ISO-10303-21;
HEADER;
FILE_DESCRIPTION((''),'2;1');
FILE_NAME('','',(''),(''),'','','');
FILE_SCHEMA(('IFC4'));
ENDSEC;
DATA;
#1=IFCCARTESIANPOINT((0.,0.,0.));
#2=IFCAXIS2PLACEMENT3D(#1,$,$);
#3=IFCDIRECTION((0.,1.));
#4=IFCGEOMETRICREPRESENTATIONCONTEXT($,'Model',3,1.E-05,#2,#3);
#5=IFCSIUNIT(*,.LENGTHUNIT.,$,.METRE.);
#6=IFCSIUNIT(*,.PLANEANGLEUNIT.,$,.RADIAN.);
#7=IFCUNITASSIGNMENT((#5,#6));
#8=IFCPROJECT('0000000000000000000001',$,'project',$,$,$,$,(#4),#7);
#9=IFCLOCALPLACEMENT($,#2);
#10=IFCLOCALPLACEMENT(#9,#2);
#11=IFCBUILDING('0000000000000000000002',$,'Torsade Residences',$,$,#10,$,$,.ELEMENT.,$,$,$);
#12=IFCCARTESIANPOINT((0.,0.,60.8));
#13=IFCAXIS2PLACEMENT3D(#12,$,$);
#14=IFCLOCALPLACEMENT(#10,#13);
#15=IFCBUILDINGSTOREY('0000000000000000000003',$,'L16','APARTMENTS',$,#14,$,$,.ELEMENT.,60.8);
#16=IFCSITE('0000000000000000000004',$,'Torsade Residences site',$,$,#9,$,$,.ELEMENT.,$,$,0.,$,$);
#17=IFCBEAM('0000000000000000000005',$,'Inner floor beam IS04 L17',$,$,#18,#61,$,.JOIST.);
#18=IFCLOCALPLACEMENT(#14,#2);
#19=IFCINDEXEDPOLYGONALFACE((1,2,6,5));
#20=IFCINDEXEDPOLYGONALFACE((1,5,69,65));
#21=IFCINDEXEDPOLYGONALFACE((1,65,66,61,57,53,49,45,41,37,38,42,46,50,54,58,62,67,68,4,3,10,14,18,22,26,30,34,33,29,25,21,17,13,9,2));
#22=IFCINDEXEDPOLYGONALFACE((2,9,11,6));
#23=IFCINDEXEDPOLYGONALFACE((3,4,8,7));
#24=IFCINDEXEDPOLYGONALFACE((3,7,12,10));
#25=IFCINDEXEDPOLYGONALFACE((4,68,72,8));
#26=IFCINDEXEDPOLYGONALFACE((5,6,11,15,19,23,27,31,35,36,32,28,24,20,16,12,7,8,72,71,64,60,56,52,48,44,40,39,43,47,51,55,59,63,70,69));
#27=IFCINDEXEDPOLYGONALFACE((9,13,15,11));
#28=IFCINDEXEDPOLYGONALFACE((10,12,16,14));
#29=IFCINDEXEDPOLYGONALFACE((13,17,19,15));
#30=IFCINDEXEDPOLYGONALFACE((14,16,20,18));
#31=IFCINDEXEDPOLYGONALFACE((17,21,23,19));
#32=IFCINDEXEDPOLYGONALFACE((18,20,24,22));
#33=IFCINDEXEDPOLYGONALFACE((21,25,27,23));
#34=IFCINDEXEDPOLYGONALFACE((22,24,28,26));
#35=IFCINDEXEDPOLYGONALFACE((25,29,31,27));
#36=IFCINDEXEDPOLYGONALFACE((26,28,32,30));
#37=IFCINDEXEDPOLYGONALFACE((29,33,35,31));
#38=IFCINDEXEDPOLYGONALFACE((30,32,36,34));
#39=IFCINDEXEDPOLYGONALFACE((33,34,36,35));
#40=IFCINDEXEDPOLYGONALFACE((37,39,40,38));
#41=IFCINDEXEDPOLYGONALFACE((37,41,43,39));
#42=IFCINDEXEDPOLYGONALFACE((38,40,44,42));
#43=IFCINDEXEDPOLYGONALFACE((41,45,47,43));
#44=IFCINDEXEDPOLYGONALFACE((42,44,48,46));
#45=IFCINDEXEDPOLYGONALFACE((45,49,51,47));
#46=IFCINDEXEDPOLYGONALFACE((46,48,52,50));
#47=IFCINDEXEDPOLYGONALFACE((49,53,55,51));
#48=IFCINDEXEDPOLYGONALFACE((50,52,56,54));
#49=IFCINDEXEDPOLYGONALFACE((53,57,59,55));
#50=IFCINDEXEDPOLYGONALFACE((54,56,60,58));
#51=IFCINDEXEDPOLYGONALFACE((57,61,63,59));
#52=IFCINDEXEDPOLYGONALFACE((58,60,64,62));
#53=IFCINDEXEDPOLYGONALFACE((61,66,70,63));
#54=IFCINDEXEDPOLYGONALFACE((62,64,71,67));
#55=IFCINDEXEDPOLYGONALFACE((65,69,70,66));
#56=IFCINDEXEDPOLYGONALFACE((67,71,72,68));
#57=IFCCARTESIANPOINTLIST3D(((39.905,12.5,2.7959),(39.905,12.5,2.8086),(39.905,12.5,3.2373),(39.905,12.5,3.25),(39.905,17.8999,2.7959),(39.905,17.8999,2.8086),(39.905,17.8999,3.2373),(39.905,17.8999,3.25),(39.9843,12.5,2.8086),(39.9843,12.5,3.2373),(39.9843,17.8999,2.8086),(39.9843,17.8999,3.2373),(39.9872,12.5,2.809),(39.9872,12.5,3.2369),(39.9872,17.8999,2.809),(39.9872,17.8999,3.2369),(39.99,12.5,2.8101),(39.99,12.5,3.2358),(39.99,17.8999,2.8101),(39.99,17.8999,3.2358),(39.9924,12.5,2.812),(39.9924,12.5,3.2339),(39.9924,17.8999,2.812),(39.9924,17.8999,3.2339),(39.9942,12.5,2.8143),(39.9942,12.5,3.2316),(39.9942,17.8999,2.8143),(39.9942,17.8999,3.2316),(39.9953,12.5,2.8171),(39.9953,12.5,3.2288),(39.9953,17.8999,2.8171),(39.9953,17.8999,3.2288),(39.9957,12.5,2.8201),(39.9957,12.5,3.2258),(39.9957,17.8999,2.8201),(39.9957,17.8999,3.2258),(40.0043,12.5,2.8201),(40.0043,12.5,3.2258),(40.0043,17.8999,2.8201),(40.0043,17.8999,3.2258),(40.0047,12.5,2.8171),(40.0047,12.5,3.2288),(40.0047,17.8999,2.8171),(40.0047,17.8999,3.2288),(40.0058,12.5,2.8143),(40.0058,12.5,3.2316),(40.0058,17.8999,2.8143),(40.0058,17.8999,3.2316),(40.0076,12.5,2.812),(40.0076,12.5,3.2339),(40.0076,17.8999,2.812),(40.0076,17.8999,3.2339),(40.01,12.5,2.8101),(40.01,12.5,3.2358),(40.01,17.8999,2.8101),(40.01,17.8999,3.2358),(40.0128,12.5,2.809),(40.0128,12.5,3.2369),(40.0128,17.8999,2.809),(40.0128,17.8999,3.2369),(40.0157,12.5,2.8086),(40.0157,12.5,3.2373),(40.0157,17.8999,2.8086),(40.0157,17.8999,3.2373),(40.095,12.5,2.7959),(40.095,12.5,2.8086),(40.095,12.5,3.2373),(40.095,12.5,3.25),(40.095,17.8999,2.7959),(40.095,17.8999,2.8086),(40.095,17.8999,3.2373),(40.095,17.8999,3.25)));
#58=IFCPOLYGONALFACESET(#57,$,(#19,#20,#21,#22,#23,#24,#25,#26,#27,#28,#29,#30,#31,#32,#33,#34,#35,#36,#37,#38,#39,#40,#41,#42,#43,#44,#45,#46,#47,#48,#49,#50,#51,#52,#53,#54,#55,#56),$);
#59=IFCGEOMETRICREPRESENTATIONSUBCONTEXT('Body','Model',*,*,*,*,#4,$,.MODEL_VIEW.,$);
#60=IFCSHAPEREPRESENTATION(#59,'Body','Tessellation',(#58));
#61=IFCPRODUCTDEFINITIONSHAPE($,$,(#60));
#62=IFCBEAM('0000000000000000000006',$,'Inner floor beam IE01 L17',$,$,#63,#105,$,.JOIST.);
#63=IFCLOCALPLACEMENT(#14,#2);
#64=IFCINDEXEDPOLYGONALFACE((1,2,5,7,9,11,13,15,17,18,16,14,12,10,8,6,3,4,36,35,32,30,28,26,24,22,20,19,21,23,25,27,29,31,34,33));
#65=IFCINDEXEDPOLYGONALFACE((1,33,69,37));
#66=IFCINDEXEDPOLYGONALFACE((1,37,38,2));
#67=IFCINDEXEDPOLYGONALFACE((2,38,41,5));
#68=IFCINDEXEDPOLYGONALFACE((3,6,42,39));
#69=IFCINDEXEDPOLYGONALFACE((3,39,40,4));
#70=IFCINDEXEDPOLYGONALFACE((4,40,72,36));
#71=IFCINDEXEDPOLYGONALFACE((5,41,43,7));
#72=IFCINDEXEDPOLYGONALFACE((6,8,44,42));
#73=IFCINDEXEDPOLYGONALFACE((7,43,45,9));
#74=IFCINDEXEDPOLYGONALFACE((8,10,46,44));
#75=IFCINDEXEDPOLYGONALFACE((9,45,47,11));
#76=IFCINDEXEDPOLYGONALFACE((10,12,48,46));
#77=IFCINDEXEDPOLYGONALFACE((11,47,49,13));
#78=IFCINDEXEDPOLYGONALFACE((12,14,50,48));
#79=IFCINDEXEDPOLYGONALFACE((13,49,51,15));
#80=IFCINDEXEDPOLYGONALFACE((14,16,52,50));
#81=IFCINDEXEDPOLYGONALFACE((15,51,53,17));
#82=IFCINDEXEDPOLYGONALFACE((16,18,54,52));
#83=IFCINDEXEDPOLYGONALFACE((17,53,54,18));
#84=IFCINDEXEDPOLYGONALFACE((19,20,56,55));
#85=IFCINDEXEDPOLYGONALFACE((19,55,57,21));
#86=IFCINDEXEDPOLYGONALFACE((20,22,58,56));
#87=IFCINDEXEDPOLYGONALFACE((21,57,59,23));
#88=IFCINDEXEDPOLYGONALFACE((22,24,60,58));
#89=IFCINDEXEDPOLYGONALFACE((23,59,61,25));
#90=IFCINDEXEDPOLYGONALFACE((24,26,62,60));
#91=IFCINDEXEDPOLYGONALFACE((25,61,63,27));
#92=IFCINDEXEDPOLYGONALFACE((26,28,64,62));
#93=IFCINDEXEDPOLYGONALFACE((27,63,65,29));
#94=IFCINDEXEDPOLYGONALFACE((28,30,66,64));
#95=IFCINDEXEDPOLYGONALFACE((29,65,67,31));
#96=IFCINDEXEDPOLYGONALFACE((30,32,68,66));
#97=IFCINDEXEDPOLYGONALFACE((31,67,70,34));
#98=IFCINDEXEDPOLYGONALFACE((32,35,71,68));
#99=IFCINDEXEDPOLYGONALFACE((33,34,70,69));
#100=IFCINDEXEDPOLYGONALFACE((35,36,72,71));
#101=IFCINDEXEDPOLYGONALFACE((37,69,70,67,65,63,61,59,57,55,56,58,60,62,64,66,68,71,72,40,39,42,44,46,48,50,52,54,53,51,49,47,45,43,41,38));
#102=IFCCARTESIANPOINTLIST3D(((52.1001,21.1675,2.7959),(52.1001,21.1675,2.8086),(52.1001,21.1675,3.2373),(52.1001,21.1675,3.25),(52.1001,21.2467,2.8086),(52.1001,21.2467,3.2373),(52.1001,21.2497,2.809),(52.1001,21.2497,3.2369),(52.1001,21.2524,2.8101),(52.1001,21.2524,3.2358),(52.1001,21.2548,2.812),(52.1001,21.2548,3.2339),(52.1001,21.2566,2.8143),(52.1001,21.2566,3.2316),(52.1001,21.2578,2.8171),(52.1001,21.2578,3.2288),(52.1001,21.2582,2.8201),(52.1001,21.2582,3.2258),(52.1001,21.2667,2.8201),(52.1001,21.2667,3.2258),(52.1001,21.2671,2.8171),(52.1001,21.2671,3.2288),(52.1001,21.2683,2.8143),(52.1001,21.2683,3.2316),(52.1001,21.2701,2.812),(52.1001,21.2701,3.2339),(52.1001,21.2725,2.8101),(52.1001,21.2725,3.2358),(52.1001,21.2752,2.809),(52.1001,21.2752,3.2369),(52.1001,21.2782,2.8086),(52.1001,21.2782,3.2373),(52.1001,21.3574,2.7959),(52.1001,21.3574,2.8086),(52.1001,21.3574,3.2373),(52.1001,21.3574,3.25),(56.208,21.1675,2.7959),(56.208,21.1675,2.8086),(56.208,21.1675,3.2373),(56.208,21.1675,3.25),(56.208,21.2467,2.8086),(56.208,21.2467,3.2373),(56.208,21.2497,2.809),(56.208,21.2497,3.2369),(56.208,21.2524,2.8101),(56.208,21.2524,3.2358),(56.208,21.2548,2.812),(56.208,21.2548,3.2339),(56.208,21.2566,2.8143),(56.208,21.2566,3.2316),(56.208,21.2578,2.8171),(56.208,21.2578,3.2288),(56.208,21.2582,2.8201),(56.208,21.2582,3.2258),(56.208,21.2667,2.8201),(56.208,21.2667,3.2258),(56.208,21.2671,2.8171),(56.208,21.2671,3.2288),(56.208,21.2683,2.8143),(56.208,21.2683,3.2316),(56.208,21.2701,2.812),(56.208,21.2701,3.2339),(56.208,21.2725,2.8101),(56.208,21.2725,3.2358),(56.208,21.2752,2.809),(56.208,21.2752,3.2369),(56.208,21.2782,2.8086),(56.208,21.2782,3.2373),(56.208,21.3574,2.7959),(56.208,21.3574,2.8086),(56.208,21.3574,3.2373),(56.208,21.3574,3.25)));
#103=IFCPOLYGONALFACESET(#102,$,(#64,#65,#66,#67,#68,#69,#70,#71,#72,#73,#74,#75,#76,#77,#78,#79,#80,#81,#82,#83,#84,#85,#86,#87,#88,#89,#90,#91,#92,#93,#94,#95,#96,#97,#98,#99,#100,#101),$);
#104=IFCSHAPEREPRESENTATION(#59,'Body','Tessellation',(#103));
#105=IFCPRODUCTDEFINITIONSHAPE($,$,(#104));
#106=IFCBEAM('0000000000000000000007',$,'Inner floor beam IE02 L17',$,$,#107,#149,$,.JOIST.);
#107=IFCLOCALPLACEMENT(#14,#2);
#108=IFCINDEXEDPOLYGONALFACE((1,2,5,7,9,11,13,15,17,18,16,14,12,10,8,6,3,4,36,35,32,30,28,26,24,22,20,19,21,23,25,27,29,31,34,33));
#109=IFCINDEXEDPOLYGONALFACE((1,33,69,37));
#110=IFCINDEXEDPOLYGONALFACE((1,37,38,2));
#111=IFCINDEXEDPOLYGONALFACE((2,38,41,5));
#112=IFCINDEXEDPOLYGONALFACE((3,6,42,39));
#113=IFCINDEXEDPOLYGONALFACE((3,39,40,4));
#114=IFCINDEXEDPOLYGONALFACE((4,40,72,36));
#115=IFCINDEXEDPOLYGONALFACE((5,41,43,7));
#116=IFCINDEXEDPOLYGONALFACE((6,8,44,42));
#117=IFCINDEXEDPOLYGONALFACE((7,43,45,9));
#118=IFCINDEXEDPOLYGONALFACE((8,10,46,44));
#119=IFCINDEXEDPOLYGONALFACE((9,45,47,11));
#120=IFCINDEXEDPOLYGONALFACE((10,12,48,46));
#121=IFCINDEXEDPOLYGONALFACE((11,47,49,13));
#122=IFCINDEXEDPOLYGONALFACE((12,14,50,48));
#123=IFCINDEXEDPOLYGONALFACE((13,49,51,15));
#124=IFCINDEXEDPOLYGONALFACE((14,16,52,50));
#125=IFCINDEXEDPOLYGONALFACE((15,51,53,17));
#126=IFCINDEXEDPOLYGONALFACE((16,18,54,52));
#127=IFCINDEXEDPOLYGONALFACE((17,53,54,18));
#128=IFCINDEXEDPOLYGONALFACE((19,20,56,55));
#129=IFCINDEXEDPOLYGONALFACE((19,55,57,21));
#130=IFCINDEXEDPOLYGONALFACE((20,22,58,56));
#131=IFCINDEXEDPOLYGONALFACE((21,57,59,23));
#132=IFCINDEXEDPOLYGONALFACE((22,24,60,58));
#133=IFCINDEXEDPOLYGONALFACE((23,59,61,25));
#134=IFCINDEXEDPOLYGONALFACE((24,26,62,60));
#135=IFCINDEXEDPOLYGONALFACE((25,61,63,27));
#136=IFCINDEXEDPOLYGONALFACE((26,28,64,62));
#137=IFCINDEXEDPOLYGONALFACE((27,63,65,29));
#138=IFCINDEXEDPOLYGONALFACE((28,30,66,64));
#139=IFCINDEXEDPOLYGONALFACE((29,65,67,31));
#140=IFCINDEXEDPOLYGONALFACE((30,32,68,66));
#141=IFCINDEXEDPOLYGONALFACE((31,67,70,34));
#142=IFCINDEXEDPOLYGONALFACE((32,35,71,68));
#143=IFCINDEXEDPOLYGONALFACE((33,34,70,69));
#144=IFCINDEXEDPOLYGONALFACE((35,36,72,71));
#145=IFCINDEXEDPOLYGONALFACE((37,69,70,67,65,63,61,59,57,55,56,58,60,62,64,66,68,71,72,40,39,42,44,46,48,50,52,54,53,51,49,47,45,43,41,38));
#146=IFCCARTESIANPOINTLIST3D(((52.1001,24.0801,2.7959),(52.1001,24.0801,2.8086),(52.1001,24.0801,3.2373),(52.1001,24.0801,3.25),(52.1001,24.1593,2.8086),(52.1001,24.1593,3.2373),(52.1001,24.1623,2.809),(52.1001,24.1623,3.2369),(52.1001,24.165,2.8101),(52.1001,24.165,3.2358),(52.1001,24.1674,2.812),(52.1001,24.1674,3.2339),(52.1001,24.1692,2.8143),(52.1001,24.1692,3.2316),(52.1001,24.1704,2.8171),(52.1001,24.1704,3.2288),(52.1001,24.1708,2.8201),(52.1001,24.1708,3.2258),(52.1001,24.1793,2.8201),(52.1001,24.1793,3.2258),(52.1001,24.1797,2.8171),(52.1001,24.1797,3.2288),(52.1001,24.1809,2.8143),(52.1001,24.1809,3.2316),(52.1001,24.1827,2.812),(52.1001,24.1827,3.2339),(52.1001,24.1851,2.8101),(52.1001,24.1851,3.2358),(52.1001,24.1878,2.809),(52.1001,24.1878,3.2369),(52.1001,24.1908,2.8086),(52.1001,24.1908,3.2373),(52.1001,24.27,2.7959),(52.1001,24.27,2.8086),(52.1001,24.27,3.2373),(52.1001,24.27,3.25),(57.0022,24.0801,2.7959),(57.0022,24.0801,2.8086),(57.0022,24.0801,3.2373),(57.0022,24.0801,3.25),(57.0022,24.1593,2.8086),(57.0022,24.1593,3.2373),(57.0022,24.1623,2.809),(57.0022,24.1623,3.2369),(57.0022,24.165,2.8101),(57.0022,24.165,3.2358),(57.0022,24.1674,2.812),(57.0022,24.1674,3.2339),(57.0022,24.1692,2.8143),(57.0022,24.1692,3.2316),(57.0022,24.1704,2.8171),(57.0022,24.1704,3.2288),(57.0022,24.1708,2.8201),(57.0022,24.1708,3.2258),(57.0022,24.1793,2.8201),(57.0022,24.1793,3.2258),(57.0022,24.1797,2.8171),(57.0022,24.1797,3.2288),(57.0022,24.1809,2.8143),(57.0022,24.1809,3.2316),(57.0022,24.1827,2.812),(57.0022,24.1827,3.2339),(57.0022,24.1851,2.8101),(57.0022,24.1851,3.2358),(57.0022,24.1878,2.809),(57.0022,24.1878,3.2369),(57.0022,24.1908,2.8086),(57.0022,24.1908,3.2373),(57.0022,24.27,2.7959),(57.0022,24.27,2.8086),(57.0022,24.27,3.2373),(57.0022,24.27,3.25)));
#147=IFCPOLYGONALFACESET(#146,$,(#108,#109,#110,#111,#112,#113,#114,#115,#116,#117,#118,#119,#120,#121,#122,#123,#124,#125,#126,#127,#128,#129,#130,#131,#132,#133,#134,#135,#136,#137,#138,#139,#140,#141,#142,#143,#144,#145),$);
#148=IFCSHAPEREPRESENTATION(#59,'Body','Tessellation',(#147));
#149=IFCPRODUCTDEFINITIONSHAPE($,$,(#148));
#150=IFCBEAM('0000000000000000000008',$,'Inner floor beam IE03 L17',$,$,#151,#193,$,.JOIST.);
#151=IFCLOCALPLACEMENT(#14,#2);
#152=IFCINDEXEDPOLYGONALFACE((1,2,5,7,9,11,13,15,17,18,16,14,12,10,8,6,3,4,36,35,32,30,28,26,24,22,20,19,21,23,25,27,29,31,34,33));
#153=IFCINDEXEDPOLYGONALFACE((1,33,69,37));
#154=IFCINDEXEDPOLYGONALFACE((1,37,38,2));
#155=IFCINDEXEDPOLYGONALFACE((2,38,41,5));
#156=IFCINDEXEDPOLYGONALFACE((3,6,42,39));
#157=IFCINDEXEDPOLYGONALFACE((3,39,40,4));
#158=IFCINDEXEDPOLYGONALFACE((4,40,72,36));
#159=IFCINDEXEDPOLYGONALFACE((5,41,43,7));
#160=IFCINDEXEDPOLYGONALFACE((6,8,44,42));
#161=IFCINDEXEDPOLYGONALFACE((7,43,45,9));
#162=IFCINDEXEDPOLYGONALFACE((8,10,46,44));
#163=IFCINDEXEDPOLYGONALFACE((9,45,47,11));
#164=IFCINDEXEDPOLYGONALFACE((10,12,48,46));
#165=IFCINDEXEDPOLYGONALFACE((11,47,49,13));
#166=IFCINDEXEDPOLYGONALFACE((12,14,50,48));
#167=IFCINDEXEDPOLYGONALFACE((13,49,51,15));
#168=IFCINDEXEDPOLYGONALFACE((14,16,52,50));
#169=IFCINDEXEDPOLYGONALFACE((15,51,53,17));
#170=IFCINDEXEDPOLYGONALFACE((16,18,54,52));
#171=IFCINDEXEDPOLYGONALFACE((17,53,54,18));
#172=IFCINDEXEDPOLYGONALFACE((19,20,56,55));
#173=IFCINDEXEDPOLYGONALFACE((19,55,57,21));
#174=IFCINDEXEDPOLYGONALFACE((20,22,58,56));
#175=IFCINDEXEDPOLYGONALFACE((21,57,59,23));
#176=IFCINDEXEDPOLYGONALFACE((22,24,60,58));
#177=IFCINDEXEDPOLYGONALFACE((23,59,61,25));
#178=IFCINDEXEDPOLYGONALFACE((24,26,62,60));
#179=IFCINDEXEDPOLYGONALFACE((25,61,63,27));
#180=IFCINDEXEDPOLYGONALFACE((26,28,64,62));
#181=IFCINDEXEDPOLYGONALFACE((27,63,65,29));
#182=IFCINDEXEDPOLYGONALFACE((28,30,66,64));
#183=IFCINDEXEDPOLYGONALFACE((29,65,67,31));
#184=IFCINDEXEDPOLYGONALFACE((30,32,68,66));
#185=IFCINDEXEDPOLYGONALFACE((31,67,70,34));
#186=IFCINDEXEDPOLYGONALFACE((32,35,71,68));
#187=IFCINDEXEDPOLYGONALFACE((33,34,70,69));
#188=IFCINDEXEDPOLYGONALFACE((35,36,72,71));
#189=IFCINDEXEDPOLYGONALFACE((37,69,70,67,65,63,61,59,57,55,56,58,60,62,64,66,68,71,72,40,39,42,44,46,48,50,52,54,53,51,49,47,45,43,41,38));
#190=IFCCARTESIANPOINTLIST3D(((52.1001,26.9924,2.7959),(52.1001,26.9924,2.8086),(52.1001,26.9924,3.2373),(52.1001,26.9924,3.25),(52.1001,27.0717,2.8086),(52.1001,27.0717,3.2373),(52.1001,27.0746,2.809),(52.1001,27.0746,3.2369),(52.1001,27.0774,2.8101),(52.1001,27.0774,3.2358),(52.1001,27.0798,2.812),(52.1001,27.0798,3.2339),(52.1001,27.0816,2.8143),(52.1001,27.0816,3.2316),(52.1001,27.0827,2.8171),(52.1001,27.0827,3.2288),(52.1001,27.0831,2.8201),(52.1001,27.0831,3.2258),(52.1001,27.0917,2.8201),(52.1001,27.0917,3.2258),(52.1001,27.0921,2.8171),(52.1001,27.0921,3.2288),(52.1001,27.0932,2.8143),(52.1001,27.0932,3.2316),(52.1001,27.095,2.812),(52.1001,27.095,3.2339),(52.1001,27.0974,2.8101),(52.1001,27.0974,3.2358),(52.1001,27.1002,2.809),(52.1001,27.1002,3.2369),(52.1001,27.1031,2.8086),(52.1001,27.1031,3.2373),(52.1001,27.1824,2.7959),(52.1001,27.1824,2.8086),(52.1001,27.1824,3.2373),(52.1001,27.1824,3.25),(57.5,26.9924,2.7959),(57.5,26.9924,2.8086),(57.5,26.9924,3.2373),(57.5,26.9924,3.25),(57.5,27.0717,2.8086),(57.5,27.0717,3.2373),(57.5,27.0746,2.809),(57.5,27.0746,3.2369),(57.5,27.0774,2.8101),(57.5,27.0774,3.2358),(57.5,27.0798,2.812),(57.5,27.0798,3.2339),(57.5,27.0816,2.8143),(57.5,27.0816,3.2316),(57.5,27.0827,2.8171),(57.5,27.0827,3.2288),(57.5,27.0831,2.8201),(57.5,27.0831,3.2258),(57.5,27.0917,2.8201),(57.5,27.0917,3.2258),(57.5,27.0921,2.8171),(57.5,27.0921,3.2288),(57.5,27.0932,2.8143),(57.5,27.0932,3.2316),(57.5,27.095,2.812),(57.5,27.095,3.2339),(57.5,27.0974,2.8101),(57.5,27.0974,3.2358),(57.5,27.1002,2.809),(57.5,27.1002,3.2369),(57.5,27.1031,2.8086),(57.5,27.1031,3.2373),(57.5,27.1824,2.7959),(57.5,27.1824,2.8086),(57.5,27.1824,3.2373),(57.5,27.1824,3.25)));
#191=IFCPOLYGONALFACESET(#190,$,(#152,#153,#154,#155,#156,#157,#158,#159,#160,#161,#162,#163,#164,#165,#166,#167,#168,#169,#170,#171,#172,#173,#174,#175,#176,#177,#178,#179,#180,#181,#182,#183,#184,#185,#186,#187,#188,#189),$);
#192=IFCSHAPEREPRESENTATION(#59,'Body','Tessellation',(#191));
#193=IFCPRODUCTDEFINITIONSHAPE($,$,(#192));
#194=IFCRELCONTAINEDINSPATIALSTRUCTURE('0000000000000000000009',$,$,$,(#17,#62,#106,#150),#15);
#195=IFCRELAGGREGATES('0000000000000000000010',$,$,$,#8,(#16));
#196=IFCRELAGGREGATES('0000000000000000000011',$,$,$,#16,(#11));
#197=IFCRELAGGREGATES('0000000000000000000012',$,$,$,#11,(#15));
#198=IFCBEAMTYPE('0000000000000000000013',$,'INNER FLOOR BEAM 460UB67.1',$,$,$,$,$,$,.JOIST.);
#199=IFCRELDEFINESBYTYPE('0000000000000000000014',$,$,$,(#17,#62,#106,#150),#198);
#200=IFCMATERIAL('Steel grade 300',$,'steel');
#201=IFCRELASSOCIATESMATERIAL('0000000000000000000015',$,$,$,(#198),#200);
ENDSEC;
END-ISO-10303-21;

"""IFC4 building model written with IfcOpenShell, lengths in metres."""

from ifc_helpers import new_model, si_unit, direction, frame, origin, origin_2d, place, context, subcontext, project, spatial, i_section, extrude, material, material_profile, profile_set, type_object, element, save


model = new_model("IFC4")

# Units and contexts
model_context = context("Model", 3, precision=1e-05, world=origin(), true_north=direction((0.0, 1.0)))
body_context = subcontext(model_context, "Body", "Model", "MODEL_VIEW")
ifc_project = project(units=[si_unit("LENGTHUNIT", "METRE"), si_unit("PLANEANGLEUNIT", "RADIAN")], contexts=[model_context])

# Site, building, storey
site_placement = place(None, origin())
site = spatial("IfcSite", under=ifc_project, at=site_placement, Name="Torsade Residences site", CompositionType="ELEMENT", RefElevation=0.0)
building_placement = place(site_placement, origin())
building = spatial("IfcBuilding", under=site, at=building_placement, Name="Torsade Residences", CompositionType="ELEMENT")
storey_placement = place(building_placement, frame((0.0, 0.0, 60.8)))
storey = spatial("IfcBuildingStorey", under=building, at=storey_placement, Name="L16", Description="APARTMENTS", CompositionType="ELEMENT", Elevation=60.8)

# Beams
ifc_material_1 = material(Name="Steel grade 300", Category="steel")
ifc_material_profile_1 = material_profile(ifc_material_1, i_section(OverallWidth=0.1899, OverallDepth=0.4541, WebThickness=0.0085, FlangeThickness=0.0127, FilletRadius=0.0115, at=origin_2d()), Name="460UB67.1")
ifc_profile_set_1 = profile_set([ifc_material_profile_1], Name="Steel grade 300")
beam_type_1 = type_object("IfcBeamType", Name="INNER FLOOR BEAM 460UB67.1", PredefinedType="JOIST", material=ifc_profile_set_1)
for number, where, z_axis, x_axis, name in (
    (1, (40.0, 17.8999, 3.0229), (0.0, -1.0, 0.0), (1.0, 0.0, 0.0), "Inner floor beam IS04 L17"),
):
    element("IfcBeam", number, at=place(storey_placement, frame(where, z_axis=z_axis, x_axis=x_axis)), inside=storey, type_object=beam_type_1, Name=name, PredefinedType="JOIST", context=body_context, shape_type="SweptSolid", body=[
        extrude(i_section(OverallWidth=0.1899, OverallDepth=0.4541, WebThickness=0.0085, FlangeThickness=0.0127, FilletRadius=0.0115, at=origin_2d()), origin(), (0.0, 0.0, 1.0), 5.3999),
    ])
beam_1_placement = place(storey_placement, frame((52.1001, 21.2625, 3.0229), z_axis=(1.0, 0.0, 0.0), x_axis=(0.0, 1.0, 0.0)))
element("IfcBeam", 2, at=beam_1_placement, inside=storey, type_object=beam_type_1, Name="Inner floor beam IE01 L17", PredefinedType="JOIST", context=body_context, shape_type="SweptSolid", body=[
    extrude(i_section(OverallWidth=0.1899, OverallDepth=0.4541, WebThickness=0.0085, FlangeThickness=0.0127, FilletRadius=0.0115, at=origin_2d()), origin(), (0.0, 0.0, 1.0), 4.1079),
])
beam_2_placement = place(storey_placement, frame((52.1001, 24.175, 3.0229), z_axis=(1.0, 0.0, 0.0), x_axis=(0.0, 1.0, 0.0)))
element("IfcBeam", 3, at=beam_2_placement, inside=storey, type_object=beam_type_1, Name="Inner floor beam IE02 L17", PredefinedType="JOIST", context=body_context, shape_type="SweptSolid", body=[
    extrude(i_section(OverallWidth=0.1899, OverallDepth=0.4541, WebThickness=0.0085, FlangeThickness=0.0127, FilletRadius=0.0115, at=origin_2d()), origin(), (0.0, 0.0, 1.0), 4.9021),
])
beam_3_placement = place(storey_placement, frame((52.1001, 27.0874, 3.0229), z_axis=(1.0, 0.0, 0.0), x_axis=(0.0, 1.0, 0.0)))
element("IfcBeam", 4, at=beam_3_placement, inside=storey, type_object=beam_type_1, Name="Inner floor beam IE03 L17", PredefinedType="JOIST", context=body_context, shape_type="SweptSolid", body=[
    extrude(i_section(OverallWidth=0.1899, OverallDepth=0.4541, WebThickness=0.0085, FlangeThickness=0.0127, FilletRadius=0.0115, at=origin_2d()), origin(), (0.0, 0.0, 1.0), 5.3999),
])

save(model, "model.ifc")
